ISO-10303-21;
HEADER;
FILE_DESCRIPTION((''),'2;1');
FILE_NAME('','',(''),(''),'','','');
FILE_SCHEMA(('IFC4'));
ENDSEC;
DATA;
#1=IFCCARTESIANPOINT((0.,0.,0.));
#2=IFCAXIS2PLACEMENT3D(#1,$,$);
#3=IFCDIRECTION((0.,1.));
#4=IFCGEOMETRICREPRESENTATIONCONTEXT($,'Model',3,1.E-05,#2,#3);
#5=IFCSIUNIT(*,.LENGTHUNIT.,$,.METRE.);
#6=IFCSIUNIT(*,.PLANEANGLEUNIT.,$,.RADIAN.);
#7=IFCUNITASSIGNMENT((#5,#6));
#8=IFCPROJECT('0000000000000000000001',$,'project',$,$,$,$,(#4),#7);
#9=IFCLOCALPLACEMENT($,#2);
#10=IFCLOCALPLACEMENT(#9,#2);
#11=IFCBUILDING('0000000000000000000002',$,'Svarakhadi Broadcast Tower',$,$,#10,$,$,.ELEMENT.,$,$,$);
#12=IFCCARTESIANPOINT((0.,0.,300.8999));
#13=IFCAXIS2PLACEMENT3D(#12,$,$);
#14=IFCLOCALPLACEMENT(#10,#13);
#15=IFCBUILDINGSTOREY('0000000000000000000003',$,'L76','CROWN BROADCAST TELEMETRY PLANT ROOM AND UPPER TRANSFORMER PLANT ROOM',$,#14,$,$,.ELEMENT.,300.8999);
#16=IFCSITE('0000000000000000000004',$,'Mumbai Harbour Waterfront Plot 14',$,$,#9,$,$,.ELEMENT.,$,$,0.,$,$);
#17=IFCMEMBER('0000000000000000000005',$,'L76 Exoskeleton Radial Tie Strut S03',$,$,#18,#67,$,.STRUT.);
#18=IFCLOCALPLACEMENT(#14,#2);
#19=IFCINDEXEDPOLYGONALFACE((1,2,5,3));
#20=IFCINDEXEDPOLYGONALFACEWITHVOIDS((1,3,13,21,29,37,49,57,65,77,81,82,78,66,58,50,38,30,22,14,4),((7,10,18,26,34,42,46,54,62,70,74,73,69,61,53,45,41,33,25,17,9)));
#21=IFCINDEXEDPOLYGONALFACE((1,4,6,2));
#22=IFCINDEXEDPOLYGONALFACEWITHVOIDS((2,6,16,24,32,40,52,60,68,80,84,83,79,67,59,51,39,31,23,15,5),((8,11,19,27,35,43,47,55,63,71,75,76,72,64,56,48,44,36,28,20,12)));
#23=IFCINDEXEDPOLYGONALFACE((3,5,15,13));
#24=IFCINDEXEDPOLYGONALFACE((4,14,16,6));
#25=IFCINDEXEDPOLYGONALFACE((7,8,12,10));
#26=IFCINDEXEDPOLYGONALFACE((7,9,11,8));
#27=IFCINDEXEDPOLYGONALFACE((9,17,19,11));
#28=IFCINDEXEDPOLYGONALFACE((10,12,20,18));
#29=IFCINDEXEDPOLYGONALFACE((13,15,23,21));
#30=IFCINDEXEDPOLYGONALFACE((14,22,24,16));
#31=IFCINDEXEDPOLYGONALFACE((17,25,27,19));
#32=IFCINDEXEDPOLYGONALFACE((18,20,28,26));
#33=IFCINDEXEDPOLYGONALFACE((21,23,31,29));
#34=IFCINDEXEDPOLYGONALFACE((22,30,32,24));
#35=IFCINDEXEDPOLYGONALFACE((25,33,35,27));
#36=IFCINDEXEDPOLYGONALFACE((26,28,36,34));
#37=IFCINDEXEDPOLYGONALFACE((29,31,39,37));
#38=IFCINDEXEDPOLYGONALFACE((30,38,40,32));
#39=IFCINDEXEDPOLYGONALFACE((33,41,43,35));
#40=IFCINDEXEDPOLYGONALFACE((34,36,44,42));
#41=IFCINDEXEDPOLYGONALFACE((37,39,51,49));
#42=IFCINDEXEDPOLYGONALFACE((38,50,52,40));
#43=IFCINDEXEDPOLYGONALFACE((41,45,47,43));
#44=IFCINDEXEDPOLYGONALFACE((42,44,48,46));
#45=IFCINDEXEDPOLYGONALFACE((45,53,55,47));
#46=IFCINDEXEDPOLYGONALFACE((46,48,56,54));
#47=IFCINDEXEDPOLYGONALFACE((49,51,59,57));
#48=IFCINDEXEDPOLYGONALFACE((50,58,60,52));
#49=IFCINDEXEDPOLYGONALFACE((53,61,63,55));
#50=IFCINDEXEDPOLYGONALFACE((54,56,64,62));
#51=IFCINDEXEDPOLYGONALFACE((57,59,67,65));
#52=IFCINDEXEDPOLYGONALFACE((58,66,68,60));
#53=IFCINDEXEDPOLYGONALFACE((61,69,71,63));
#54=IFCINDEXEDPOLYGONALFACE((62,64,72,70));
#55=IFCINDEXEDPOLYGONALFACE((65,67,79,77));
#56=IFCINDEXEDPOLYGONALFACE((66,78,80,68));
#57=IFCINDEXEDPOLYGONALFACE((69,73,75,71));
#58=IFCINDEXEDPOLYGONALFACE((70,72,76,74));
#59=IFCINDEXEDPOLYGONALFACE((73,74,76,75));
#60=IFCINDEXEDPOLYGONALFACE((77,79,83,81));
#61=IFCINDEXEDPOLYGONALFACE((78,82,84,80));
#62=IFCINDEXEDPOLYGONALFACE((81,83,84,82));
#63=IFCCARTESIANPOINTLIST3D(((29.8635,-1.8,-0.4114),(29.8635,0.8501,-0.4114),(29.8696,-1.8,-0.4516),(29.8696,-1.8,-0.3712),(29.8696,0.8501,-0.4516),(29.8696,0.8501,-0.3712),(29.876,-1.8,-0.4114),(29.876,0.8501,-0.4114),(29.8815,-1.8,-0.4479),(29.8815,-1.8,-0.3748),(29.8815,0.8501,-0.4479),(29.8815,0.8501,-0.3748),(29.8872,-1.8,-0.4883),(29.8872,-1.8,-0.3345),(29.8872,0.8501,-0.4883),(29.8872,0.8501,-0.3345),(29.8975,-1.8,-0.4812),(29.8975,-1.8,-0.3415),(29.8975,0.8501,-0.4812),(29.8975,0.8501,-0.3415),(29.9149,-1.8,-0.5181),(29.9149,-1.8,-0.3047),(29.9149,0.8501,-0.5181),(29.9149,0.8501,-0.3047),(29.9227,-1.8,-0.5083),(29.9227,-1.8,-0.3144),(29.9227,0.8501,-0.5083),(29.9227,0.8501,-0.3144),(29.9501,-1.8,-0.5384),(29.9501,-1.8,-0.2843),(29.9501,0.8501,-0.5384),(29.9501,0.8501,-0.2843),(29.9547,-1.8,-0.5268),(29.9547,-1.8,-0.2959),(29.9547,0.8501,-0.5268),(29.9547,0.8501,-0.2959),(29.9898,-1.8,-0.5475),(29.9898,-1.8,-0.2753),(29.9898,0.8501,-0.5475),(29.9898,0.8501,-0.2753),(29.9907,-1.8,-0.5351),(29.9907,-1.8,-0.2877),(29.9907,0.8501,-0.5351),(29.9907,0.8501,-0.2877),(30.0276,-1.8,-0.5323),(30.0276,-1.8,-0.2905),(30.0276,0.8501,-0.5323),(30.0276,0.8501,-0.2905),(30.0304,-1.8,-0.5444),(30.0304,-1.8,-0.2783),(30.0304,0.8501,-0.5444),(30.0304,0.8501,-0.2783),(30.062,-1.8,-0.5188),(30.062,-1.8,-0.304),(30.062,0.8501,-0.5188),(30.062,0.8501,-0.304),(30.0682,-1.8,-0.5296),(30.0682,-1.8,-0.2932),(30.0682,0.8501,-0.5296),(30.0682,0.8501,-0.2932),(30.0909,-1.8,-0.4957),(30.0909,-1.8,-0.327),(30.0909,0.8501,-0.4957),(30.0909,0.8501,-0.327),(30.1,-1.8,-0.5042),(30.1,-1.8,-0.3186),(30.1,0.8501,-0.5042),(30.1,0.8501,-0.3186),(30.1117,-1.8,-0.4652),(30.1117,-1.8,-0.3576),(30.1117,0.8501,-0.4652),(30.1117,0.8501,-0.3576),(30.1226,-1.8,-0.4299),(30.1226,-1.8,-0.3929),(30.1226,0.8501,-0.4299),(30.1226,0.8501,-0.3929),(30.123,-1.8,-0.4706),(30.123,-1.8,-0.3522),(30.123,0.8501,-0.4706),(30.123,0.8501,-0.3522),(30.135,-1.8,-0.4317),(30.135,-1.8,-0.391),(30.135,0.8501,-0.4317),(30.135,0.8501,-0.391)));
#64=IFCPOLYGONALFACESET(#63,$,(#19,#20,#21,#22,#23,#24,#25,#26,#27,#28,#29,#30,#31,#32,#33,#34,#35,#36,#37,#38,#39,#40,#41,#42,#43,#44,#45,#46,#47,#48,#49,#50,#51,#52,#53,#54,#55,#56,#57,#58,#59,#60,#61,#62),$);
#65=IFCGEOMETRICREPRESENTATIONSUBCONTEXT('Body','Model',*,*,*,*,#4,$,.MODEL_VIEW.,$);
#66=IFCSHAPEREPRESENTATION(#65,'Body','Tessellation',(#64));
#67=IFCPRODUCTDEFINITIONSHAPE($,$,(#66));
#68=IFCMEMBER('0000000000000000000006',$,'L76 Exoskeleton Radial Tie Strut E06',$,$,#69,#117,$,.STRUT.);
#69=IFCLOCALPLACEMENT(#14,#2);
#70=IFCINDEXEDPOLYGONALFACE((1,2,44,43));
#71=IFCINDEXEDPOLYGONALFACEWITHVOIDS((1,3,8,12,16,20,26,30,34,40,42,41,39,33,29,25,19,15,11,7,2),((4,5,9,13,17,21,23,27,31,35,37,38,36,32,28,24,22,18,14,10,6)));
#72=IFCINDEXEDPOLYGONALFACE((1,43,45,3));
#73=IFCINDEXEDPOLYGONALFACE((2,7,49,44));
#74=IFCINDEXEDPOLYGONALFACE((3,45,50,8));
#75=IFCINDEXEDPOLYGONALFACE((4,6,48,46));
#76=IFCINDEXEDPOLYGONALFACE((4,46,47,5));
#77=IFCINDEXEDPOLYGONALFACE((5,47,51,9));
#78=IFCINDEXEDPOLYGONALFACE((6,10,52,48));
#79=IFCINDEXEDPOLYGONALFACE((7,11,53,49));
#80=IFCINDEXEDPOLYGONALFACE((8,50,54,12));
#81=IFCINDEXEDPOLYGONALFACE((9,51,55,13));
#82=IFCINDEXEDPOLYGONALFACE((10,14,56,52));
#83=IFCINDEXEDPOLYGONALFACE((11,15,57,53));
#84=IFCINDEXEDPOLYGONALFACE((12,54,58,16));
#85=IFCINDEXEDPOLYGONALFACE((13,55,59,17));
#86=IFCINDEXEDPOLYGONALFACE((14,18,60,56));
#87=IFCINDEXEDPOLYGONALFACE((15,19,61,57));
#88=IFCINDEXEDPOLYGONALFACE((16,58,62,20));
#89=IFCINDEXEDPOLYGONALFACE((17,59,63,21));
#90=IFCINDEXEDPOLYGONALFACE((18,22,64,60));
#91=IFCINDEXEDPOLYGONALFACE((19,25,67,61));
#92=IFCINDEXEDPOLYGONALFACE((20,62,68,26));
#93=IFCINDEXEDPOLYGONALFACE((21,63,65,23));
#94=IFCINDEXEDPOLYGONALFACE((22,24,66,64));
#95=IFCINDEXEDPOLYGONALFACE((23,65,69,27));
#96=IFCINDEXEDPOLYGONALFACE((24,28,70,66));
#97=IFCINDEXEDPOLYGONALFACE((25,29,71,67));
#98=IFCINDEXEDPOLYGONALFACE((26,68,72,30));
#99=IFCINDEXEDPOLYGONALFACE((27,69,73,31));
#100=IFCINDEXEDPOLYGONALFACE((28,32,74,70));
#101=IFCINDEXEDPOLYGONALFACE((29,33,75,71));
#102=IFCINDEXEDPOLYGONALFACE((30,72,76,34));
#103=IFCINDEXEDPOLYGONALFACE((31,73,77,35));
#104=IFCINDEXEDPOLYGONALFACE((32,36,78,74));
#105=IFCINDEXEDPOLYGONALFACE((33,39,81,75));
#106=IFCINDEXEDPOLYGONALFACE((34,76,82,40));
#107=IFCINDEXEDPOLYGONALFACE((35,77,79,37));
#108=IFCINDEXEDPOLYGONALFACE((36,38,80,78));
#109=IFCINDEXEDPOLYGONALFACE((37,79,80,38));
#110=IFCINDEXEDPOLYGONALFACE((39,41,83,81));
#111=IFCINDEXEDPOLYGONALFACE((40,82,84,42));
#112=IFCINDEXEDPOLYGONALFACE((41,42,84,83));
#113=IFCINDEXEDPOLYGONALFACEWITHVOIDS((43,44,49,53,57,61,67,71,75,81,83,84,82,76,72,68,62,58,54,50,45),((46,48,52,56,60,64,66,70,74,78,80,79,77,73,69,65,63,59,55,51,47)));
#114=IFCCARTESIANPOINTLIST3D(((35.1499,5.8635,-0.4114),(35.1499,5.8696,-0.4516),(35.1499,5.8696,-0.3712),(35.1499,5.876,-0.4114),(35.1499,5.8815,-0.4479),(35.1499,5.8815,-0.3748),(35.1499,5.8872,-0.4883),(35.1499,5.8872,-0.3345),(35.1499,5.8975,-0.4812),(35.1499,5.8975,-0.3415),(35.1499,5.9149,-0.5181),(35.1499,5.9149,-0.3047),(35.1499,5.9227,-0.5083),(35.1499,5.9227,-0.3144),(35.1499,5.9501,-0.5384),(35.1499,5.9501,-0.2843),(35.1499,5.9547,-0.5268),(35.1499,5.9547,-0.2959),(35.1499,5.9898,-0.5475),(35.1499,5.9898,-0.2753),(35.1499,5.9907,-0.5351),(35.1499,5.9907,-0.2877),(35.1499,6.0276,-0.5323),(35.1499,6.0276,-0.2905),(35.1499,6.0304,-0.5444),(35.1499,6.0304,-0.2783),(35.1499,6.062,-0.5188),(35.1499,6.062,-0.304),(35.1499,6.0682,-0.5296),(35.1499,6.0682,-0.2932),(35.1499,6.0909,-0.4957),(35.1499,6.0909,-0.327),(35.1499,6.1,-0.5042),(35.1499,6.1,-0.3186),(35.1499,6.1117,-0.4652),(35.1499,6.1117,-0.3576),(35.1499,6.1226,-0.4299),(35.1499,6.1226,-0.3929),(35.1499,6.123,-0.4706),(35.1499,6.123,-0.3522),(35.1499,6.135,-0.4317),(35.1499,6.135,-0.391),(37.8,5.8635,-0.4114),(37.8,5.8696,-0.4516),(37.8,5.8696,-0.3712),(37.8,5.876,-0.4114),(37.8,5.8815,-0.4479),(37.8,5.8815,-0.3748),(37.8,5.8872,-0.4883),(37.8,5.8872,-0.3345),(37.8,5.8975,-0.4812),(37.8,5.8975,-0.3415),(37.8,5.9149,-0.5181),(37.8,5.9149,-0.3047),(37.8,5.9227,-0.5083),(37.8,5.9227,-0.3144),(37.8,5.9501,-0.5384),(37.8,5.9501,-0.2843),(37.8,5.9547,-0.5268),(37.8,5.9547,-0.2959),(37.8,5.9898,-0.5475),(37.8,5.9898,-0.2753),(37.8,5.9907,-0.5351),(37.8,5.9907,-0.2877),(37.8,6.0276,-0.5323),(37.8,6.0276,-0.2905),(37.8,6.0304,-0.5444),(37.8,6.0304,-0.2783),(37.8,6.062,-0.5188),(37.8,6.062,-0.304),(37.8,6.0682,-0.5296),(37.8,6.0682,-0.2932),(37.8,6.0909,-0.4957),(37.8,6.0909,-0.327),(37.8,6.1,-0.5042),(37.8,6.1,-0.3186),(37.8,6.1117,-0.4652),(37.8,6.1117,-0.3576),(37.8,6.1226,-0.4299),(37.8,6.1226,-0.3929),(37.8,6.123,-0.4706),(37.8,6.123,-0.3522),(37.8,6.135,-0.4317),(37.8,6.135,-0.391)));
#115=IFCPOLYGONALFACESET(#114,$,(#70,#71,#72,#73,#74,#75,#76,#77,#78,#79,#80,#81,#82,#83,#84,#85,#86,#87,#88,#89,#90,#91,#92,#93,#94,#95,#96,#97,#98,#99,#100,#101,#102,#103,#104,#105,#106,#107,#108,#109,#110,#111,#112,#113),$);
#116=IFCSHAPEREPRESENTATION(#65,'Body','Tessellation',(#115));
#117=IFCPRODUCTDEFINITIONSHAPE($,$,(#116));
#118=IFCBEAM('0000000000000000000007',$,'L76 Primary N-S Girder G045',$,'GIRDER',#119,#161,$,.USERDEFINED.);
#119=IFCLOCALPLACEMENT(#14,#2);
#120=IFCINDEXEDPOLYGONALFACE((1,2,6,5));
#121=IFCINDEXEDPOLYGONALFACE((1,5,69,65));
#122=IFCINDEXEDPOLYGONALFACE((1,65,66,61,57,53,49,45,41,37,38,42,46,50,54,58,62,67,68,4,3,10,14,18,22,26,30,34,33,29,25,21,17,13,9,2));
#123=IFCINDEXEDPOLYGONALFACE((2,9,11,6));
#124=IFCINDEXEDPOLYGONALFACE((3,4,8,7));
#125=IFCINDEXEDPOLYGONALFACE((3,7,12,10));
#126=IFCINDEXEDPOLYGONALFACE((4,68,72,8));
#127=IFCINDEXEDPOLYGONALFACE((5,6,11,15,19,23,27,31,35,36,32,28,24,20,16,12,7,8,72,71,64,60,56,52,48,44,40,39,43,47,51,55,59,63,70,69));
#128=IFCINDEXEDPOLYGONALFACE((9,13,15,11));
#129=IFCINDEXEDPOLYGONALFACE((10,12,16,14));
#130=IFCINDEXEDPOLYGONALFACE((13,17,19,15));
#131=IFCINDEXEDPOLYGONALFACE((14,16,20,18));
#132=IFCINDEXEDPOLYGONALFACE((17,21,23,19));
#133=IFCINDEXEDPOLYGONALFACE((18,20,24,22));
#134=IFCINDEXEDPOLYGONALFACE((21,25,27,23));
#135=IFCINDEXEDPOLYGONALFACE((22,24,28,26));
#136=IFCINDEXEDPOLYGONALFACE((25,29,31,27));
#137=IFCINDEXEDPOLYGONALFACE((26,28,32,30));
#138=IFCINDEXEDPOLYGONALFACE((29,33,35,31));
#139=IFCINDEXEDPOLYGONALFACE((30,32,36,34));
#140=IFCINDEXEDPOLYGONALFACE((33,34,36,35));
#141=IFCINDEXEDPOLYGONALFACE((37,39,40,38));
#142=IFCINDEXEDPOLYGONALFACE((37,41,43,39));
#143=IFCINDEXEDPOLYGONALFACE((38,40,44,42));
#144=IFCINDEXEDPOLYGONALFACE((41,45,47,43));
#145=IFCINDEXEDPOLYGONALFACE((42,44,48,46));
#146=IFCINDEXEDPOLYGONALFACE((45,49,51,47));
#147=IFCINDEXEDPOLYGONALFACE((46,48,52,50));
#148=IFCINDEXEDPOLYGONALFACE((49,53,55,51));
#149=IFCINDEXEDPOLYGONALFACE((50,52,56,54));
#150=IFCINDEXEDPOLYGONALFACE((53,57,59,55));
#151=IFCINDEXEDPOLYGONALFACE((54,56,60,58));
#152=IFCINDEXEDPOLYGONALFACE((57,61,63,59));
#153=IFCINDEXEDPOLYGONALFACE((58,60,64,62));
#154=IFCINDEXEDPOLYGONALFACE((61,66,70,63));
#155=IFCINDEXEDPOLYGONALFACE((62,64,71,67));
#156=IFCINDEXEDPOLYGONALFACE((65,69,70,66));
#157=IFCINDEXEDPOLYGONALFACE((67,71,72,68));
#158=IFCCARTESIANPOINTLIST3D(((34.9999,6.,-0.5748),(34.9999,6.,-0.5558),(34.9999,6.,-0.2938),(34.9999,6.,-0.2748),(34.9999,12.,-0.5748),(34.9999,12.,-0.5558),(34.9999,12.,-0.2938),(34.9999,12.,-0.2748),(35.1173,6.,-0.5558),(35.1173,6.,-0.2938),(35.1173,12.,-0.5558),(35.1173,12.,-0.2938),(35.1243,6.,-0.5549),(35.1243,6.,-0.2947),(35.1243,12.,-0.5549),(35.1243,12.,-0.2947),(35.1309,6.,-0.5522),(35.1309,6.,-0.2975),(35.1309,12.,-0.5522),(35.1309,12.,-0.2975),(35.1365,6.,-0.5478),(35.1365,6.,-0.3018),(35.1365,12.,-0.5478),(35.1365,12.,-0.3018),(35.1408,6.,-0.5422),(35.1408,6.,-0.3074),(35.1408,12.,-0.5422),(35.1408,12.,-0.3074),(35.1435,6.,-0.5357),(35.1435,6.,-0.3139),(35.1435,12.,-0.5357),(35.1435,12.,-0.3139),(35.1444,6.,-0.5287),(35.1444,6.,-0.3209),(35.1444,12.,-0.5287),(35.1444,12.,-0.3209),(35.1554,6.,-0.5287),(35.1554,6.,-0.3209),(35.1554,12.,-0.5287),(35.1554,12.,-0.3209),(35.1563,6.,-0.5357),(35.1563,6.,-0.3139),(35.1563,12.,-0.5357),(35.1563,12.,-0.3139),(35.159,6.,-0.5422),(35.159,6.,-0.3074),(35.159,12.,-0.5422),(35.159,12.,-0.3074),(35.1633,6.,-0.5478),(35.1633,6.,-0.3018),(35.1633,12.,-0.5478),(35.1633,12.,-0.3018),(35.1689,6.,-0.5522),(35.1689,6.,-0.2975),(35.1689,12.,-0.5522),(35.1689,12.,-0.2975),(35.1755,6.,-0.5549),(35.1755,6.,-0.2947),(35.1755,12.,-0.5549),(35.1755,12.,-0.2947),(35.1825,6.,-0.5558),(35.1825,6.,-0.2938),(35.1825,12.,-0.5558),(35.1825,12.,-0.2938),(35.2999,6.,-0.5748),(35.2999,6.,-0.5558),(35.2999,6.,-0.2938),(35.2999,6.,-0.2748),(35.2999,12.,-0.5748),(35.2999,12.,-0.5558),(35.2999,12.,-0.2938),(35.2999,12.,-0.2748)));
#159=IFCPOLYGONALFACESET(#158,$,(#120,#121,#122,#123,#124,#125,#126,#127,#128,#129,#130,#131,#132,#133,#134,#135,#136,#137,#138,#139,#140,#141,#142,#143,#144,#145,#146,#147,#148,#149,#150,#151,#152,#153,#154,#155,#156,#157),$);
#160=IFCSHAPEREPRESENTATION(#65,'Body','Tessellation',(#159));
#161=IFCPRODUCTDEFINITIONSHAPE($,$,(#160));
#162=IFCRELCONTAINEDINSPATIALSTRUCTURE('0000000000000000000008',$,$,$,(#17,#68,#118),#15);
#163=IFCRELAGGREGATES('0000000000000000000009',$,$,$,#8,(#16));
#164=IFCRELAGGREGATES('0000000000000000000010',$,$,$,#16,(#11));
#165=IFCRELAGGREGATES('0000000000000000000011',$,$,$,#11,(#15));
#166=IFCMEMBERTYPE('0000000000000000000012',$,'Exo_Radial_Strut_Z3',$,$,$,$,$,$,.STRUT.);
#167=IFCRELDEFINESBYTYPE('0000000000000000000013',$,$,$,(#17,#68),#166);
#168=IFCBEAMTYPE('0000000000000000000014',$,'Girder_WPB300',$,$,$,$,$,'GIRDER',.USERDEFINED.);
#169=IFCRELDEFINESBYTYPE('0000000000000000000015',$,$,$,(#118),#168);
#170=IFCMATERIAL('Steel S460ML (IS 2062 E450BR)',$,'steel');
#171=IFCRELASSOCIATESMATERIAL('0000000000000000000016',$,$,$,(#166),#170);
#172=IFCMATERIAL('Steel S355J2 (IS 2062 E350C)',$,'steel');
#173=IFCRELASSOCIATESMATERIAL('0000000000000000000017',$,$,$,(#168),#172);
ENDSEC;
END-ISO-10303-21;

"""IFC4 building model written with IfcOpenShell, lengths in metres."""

from ifc_helpers import new_model, si_unit, direction, frame, origin, origin_2d, place, context, subcontext, project, spatial, hollow_circle, i_section, extrude, material, material_profile, profile_set, type_object, element, save


model = new_model("IFC4")

# Units and contexts
model_context = context("Model", 3, precision=1e-05, world=origin(), true_north=direction((0.0, 1.0)))
body_context = subcontext(model_context, "Body", "Model", "MODEL_VIEW")
ifc_project = project(units=[si_unit("LENGTHUNIT", "METRE"), si_unit("PLANEANGLEUNIT", "RADIAN")], contexts=[model_context])

# Site, building, storey
site_placement = place(None, origin())
site = spatial("IfcSite", under=ifc_project, at=site_placement, Name="Mumbai Harbour Waterfront Plot 14", CompositionType="ELEMENT", RefElevation=0.0)
building_placement = place(site_placement, origin())
building = spatial("IfcBuilding", under=site, at=building_placement, Name="Svarakhadi Broadcast Tower", CompositionType="ELEMENT")
storey_placement = place(building_placement, frame((0.0, 0.0, 300.8999)))
storey = spatial("IfcBuildingStorey", under=building, at=storey_placement, Name="L76", Description="CROWN BROADCAST TELEMETRY PLANT ROOM AND UPPER TRANSFORMER PLANT ROOM", CompositionType="ELEMENT", Elevation=300.8999)

# Shared definitions
ifc_material_1 = material(Name="Steel S460ML (IS 2062 E450BR)", Category="steel")

# Members
ifc_material_profile_1 = material_profile(ifc_material_1, hollow_circle(Radius=0.1365, WallThickness=0.0125, at=origin_2d()), Name="CHS 273x12.5")
ifc_profile_set_1 = profile_set([ifc_material_profile_1], Name="Steel S460ML (IS 2062 E450BR)")
member_type_1 = type_object("IfcMemberType", Name="Exo_Radial_Strut_Z3", PredefinedType="STRUT", material=ifc_profile_set_1)
for number, where, z_axis, x_axis, name in (
    (1, (30.0, -1.8, -0.4114), (0.0, 1.0, 0.0), (-1.0, 0.0, 0.0), "L76 Exoskeleton Radial Tie Strut S03"),
    (2, (37.8, 6.0, -0.4114), (-1.0, 0.0, 0.0), (0.0, -1.0, 0.0), "L76 Exoskeleton Radial Tie Strut E06"),
):
    element("IfcMember", number, at=place(storey_placement, frame(where, z_axis=z_axis, x_axis=x_axis)), inside=storey, type_object=member_type_1, Name=name, PredefinedType="STRUT", context=body_context, shape_type="SweptSolid", body=[
        extrude(hollow_circle(Radius=0.1365, WallThickness=0.0125, at=origin_2d()), origin(), (0.0, 0.0, 1.0), 2.6501),
    ])

# Beam
ifc_material_2 = material(Name="Steel S355J2 (IS 2062 E350C)", Category="steel")
ifc_material_profile_2 = material_profile(ifc_material_2, i_section(OverallWidth=0.3, OverallDepth=0.3, WebThickness=0.011, FlangeThickness=0.019, FilletRadius=0.0271, at=origin_2d()), Name="WPB 300x300x117")
ifc_profile_set_2 = profile_set([ifc_material_profile_2], Name="Steel S355J2 (IS 2062 E350C)")
beam_type_1 = type_object("IfcBeamType", Name="Girder_WPB300", ElementType="GIRDER", PredefinedType="USERDEFINED", material=ifc_profile_set_2)
beam_1_placement = place(storey_placement, frame((35.1499, 6.0, -0.4248), z_axis=(0.0, 1.0, 0.0), x_axis=(-1.0, 0.0, 0.0)))
element("IfcBeam", 3, at=beam_1_placement, inside=storey, type_object=beam_type_1, Name="L76 Primary N-S Girder G045", ObjectType="GIRDER", PredefinedType="USERDEFINED", context=body_context, shape_type="SweptSolid", body=[
    extrude(i_section(OverallWidth=0.3, OverallDepth=0.3, WebThickness=0.011, FlangeThickness=0.019, FilletRadius=0.0271, at=origin_2d()), origin(), (0.0, 0.0, 1.0), 6.0),
])

save(model, "model.ifc")
